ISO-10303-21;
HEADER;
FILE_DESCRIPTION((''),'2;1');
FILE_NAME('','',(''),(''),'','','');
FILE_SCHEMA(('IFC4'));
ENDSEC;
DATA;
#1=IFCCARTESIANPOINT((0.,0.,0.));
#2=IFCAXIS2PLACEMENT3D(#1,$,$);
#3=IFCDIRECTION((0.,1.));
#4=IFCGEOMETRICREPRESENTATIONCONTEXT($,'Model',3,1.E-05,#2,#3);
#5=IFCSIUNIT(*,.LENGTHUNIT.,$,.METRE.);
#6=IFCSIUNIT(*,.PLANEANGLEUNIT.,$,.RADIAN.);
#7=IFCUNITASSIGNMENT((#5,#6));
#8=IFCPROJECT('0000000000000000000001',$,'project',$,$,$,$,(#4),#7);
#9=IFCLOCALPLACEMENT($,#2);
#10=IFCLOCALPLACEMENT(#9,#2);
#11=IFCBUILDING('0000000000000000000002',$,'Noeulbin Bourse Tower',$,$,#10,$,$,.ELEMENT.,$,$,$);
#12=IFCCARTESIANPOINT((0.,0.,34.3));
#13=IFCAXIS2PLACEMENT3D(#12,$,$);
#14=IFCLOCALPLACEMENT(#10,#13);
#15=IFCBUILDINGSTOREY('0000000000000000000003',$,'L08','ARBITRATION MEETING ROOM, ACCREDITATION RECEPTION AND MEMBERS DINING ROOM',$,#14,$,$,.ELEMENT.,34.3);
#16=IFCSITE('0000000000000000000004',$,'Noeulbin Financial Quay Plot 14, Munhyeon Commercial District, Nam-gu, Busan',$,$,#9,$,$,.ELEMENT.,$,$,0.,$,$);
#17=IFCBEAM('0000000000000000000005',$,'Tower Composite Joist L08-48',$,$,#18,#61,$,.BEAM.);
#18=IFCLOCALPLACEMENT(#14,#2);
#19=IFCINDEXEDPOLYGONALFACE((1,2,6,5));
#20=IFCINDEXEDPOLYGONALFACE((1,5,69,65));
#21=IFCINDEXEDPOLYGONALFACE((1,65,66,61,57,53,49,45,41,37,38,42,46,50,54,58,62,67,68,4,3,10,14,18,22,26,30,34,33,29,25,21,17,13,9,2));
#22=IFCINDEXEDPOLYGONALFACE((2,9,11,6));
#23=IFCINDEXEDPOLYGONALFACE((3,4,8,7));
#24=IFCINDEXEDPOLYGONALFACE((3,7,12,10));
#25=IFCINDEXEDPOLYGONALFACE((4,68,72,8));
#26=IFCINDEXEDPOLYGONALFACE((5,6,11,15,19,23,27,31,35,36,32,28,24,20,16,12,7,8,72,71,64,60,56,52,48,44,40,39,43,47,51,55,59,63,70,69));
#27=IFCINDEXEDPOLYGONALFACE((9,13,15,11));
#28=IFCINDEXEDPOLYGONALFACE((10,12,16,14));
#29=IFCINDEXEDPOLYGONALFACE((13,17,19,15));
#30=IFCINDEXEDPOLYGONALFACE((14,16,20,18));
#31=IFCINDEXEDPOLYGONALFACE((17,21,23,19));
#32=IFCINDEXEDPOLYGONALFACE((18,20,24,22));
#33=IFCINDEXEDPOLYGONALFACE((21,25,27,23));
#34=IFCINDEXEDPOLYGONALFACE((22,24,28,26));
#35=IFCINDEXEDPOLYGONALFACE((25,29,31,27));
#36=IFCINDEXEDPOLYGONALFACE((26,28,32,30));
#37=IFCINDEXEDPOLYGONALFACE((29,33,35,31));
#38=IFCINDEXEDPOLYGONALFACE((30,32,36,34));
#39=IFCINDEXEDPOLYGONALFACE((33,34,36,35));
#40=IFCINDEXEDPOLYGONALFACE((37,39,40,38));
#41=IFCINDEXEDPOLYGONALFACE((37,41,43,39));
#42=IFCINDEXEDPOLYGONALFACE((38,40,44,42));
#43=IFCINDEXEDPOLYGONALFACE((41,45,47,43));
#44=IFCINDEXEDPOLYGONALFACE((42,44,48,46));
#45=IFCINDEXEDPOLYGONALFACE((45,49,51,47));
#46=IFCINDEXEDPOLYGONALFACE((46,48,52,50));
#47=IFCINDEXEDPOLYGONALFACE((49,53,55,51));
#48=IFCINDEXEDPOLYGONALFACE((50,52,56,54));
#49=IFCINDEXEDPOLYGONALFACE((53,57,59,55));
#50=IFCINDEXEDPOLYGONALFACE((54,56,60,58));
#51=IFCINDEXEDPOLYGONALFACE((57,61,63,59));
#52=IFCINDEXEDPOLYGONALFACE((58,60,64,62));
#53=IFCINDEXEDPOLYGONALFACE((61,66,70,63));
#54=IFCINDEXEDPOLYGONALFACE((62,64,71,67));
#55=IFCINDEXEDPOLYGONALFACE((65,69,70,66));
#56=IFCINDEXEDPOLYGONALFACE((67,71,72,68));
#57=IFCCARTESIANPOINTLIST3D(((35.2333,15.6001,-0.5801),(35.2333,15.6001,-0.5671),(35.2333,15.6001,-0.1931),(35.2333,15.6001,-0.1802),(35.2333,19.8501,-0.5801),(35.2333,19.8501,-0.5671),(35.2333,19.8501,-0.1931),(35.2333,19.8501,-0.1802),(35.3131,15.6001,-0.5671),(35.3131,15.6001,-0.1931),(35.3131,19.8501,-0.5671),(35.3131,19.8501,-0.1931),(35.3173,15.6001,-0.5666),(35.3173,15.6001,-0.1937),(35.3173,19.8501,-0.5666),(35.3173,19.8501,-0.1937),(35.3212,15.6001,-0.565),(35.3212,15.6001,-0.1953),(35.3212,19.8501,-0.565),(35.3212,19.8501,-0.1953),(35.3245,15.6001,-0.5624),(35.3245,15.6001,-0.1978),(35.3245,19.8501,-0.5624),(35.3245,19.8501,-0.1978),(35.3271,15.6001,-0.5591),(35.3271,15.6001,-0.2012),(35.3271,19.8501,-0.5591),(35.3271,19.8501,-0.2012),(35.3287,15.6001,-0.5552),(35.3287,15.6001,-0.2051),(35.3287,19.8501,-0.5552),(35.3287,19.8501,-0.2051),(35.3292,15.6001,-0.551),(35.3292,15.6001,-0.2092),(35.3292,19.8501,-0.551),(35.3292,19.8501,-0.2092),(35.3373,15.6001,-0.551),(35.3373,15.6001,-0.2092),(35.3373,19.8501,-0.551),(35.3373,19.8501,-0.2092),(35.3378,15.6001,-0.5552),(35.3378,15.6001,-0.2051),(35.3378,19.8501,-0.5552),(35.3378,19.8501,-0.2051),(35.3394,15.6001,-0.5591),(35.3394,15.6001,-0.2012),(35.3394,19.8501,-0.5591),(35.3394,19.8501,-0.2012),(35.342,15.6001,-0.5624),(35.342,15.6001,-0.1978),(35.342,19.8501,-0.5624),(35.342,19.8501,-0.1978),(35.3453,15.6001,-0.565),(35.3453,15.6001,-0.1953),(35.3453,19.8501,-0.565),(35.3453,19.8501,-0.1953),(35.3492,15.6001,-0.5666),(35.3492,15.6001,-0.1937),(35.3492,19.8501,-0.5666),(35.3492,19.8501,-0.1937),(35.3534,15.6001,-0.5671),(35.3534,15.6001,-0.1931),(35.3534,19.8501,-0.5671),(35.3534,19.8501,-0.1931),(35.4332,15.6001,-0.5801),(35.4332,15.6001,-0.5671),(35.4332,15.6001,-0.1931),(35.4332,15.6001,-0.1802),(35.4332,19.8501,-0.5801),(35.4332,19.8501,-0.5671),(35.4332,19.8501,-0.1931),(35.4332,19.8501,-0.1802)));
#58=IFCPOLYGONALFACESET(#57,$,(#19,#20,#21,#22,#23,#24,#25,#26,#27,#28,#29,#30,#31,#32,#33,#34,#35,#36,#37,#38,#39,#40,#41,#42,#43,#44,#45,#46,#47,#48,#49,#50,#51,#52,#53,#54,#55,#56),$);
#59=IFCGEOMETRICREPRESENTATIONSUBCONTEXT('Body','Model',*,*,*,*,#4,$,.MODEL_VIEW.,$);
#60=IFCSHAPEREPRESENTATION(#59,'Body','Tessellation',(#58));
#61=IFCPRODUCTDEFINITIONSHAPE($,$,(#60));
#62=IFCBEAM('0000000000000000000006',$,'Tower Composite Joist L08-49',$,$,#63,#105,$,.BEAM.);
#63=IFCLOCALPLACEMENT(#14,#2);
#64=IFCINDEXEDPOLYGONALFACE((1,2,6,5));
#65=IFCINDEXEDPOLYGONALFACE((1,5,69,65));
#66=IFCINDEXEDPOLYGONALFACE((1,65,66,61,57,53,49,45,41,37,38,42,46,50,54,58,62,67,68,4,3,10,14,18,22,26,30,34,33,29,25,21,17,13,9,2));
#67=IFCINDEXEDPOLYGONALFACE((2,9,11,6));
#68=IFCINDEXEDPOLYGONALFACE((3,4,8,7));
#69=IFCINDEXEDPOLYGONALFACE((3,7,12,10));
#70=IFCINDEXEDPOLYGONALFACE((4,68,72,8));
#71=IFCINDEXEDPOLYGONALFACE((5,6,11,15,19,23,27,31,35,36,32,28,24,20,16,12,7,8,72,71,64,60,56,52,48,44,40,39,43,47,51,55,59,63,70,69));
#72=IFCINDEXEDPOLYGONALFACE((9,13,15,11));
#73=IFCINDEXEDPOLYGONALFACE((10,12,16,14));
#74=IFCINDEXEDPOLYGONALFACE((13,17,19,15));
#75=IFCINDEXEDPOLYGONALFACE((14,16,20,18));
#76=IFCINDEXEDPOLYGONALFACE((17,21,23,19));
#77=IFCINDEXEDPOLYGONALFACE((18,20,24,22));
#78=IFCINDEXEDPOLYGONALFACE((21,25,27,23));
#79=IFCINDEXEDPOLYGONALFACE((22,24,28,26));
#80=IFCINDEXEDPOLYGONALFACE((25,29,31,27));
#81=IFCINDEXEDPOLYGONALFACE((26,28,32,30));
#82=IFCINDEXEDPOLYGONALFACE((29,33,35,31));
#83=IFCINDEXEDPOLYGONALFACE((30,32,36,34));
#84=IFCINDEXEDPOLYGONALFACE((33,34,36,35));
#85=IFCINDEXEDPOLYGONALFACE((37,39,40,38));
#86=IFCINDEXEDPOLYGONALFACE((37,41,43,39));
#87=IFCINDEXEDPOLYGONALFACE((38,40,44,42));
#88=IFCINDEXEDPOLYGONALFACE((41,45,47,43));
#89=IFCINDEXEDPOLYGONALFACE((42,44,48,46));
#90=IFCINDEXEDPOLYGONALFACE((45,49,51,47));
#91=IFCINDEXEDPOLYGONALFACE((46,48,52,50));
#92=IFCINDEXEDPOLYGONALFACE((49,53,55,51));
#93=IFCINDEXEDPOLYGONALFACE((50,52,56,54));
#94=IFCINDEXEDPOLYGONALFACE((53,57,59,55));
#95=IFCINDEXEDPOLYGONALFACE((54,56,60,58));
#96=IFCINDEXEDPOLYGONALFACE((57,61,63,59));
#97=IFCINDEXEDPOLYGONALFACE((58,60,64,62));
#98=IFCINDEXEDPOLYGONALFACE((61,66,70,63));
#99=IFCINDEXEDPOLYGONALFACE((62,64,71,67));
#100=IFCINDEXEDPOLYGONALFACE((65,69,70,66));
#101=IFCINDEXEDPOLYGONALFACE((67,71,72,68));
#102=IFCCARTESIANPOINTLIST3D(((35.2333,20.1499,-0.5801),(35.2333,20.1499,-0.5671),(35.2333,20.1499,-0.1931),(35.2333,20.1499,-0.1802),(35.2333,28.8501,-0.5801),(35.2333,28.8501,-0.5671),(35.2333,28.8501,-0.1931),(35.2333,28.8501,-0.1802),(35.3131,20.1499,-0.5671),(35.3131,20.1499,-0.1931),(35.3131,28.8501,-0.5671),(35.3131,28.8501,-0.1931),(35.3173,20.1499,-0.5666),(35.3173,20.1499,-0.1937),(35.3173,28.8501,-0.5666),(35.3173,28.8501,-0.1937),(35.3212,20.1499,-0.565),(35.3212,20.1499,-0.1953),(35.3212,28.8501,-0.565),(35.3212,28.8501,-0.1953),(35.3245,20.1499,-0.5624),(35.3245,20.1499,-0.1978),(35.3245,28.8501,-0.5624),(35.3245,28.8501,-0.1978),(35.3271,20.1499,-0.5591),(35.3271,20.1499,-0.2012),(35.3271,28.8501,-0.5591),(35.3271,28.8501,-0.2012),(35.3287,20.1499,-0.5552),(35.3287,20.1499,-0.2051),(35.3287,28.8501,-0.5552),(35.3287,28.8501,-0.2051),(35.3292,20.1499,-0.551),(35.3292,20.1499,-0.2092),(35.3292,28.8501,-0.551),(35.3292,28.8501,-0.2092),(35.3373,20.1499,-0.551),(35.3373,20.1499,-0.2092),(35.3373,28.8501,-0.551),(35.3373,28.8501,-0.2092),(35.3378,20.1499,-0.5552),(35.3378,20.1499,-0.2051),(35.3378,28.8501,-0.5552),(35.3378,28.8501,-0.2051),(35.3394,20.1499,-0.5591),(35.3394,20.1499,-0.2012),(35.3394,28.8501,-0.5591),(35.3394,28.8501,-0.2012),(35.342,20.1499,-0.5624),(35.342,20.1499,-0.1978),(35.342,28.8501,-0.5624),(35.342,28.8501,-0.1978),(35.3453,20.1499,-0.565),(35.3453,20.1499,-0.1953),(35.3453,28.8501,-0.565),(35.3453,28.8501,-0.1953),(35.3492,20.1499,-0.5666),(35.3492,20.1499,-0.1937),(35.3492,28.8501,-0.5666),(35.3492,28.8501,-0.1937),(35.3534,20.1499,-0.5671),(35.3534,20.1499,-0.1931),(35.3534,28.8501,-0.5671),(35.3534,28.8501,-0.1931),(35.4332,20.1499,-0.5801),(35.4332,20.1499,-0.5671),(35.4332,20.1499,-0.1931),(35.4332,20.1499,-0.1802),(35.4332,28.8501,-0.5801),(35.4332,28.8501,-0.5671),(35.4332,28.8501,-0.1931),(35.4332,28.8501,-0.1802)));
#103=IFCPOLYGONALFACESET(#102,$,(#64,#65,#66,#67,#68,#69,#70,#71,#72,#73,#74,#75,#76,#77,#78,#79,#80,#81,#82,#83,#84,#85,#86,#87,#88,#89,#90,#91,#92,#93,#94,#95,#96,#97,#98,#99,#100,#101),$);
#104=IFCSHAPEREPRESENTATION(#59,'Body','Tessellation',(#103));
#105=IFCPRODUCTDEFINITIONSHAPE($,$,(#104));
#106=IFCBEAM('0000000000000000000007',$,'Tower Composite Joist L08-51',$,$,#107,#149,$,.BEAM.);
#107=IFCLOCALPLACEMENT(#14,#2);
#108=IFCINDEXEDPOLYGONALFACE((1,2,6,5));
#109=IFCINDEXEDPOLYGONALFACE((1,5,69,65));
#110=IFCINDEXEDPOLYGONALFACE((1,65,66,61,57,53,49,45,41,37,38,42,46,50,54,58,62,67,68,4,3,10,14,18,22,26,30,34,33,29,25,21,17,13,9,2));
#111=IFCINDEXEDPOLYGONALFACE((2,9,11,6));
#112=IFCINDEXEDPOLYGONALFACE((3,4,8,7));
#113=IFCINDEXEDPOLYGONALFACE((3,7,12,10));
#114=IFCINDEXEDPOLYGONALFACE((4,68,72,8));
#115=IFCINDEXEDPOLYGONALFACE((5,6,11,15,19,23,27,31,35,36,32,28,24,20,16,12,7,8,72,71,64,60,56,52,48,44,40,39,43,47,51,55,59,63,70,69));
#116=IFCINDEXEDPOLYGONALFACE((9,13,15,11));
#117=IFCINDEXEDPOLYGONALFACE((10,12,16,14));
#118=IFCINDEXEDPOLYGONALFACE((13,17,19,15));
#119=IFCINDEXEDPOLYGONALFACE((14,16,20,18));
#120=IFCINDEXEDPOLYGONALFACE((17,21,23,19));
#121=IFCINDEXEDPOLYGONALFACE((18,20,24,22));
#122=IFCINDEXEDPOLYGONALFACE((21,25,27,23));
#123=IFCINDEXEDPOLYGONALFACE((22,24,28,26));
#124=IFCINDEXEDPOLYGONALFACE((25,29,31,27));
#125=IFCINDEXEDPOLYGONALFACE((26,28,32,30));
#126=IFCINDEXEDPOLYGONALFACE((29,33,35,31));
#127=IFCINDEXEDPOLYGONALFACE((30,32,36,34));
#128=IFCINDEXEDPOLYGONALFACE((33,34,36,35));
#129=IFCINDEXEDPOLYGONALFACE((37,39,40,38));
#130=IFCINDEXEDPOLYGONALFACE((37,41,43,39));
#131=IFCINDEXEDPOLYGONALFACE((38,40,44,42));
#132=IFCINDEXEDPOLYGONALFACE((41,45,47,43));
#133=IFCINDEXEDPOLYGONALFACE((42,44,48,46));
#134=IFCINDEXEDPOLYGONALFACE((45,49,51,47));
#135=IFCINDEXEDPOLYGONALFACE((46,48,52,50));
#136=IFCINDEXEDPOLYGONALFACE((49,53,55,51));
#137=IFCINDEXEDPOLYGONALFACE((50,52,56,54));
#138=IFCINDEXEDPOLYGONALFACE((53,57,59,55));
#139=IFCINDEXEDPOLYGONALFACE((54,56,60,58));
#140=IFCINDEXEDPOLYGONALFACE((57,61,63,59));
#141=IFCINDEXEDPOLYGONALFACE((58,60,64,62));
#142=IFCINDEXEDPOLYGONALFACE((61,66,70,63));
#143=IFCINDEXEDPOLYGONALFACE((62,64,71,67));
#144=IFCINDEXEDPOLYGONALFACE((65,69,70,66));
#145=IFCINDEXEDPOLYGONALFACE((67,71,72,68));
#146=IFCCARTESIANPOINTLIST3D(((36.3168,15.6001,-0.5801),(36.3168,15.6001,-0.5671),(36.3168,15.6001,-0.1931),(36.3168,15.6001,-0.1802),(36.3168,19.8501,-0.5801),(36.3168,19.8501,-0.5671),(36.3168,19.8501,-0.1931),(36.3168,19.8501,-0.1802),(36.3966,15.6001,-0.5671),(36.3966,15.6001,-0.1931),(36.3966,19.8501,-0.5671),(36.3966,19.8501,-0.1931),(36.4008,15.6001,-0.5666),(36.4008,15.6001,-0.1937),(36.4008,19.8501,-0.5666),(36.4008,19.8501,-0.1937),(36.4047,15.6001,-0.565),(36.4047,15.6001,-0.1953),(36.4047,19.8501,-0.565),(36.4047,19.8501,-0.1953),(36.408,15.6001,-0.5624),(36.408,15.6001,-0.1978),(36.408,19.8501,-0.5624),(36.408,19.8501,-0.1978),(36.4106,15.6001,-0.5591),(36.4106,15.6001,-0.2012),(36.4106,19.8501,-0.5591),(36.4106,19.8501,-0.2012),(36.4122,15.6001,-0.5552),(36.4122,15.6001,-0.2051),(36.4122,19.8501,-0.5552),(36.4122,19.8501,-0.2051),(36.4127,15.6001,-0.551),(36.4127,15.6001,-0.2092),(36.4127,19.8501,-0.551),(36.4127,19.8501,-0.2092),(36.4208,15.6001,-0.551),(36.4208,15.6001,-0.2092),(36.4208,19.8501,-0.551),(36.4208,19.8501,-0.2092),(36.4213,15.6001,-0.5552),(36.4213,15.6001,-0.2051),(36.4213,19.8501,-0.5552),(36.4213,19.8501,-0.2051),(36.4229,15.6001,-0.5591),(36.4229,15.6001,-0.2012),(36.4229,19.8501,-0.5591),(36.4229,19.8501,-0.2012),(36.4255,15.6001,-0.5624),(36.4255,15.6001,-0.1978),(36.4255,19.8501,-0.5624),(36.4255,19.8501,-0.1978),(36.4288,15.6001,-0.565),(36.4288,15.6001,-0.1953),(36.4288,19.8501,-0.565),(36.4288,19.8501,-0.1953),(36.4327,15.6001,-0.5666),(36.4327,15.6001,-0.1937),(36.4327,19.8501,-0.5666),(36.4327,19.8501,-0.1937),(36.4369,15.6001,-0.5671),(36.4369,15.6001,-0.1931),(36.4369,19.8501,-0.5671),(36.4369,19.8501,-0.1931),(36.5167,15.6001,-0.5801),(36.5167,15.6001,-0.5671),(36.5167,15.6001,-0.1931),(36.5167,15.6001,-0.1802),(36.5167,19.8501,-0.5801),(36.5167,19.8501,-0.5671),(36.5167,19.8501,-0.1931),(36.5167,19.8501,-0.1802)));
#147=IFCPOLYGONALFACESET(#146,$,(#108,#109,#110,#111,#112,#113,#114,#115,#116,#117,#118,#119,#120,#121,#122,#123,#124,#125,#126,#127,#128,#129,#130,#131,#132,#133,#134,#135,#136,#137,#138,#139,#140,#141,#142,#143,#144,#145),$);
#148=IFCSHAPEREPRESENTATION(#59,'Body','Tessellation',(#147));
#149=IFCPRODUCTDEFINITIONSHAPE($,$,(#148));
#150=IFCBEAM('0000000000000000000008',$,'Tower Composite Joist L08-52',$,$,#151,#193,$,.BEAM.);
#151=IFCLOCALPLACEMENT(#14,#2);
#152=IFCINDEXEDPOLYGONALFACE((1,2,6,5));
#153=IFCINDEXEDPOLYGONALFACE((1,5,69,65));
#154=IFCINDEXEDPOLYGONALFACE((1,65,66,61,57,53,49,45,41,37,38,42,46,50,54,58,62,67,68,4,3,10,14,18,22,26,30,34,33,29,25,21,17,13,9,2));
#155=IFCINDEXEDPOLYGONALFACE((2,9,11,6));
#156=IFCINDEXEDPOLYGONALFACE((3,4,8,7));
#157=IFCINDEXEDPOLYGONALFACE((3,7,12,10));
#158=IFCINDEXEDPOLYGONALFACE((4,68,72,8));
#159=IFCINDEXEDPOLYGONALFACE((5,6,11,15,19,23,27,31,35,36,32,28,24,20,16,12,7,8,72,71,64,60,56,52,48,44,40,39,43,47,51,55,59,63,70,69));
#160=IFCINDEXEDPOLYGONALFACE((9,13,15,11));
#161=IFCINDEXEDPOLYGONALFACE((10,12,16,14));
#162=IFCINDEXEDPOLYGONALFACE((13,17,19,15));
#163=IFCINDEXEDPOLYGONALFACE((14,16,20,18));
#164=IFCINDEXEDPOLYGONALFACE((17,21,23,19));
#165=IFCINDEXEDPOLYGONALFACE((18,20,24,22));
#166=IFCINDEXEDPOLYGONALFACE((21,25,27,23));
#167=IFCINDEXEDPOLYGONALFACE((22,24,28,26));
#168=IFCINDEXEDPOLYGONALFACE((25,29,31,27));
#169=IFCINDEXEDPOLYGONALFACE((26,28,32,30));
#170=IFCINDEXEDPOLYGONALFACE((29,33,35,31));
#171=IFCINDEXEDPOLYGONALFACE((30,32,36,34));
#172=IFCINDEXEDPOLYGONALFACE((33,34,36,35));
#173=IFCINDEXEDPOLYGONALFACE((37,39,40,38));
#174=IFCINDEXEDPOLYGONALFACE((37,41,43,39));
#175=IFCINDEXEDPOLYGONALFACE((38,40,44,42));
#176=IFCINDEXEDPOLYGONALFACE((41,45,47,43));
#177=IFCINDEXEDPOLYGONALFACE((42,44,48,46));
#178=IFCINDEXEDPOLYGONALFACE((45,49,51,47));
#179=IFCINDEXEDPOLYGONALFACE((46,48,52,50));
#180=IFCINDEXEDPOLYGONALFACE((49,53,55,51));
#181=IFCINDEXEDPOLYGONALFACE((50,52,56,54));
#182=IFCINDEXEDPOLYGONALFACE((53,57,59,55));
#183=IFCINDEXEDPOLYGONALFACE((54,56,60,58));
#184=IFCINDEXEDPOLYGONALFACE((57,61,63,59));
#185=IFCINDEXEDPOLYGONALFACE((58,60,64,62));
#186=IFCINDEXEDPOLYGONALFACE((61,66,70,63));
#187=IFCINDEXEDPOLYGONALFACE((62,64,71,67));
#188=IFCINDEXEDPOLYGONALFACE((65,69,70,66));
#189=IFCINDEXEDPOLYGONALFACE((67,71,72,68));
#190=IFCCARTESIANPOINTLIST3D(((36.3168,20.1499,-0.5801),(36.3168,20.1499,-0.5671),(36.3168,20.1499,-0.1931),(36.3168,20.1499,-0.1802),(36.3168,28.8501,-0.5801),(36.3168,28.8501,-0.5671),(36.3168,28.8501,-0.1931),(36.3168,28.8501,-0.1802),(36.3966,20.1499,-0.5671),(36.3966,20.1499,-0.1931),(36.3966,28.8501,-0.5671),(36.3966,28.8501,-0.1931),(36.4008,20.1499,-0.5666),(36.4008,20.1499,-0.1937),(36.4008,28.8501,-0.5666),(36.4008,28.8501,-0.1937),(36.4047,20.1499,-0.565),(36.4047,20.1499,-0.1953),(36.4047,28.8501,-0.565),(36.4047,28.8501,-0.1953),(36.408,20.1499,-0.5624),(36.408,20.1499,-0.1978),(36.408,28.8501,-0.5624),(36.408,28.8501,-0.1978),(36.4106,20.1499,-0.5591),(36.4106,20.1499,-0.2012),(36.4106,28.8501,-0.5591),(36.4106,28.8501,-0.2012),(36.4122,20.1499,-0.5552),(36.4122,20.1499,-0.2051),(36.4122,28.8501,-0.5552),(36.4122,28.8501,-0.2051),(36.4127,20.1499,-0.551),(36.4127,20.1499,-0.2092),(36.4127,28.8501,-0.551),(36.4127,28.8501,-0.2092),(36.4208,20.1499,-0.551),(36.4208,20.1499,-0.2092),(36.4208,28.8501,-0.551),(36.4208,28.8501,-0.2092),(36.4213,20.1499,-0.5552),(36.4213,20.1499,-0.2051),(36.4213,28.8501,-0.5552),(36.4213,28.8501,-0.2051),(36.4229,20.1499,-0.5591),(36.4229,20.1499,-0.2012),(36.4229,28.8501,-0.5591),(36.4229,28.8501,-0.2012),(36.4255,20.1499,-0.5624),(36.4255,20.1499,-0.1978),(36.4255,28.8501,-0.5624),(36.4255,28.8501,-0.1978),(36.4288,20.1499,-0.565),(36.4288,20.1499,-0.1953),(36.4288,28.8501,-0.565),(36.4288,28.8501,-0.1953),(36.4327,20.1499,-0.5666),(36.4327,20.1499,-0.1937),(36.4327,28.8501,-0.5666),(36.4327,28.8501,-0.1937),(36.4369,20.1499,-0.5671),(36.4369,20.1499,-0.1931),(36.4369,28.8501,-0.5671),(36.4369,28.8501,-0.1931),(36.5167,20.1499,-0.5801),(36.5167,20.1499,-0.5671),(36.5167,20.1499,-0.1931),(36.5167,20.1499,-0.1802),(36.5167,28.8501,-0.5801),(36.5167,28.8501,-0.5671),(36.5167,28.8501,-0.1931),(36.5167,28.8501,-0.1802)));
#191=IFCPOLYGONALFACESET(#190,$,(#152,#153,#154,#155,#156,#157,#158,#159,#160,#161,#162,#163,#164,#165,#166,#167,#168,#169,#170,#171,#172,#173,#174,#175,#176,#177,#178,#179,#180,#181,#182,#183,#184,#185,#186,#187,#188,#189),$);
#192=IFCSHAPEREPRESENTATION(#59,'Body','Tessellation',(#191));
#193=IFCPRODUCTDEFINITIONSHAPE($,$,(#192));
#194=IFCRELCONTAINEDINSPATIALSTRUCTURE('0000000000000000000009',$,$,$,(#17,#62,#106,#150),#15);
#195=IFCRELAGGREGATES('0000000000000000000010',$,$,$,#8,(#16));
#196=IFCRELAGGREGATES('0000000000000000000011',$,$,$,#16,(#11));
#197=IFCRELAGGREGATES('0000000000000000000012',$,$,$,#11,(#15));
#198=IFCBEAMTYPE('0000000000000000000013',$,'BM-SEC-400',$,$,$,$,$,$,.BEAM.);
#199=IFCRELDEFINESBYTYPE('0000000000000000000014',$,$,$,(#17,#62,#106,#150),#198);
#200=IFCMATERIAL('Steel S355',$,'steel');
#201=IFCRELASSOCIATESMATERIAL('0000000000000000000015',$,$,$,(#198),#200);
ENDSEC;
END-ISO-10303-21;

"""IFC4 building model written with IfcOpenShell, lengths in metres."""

from ifc_helpers import new_model, si_unit, direction, frame, origin, origin_2d, place, context, subcontext, project, spatial, i_section, extrude, material, material_profile, profile_set, type_object, element, save


model = new_model("IFC4")

# Units and contexts
model_context = context("Model", 3, precision=1e-05, world=origin(), true_north=direction((0.0, 1.0)))
body_context = subcontext(model_context, "Body", "Model", "MODEL_VIEW")
ifc_project = project(units=[si_unit("LENGTHUNIT", "METRE"), si_unit("PLANEANGLEUNIT", "RADIAN")], contexts=[model_context])

# Site, building, storey
site_placement = place(None, origin())
site = spatial("IfcSite", under=ifc_project, at=site_placement, Name="Noeulbin Financial Quay Plot 14, Munhyeon Commercial District, Nam-gu, Busan", CompositionType="ELEMENT", RefElevation=0.0)
building_placement = place(site_placement, origin())
building = spatial("IfcBuilding", under=site, at=building_placement, Name="Noeulbin Bourse Tower", CompositionType="ELEMENT")
storey_placement = place(building_placement, frame((0.0, 0.0, 34.3)))
storey = spatial("IfcBuildingStorey", under=building, at=storey_placement, Name="L08", Description="ARBITRATION MEETING ROOM, ACCREDITATION RECEPTION AND MEMBERS DINING ROOM", CompositionType="ELEMENT", Elevation=34.3)

# Beams
ifc_material_1 = material(Name="Steel S355", Category="steel")
ifc_material_profile_1 = material_profile(ifc_material_1, i_section(OverallWidth=0.2, OverallDepth=0.3999, WebThickness=0.0081, FlangeThickness=0.0129, FilletRadius=0.0161, at=origin_2d()), Name="H-400x200x8x13", Category="LoadBearing")
ifc_profile_set_1 = profile_set([ifc_material_profile_1], Name="Steel S355")
beam_type_1 = type_object("IfcBeamType", Name="BM-SEC-400", PredefinedType="BEAM", material=ifc_profile_set_1)
beam_1_placement = place(storey_placement, frame((35.3333, 15.6001, -0.3801), z_axis=(0.0, 1.0, 0.0), x_axis=(-1.0, 0.0, 0.0)))
element("IfcBeam", 1, at=beam_1_placement, inside=storey, type_object=beam_type_1, Name="Tower Composite Joist L08-48", PredefinedType="BEAM", context=body_context, shape_type="SweptSolid", body=[
    extrude(i_section(OverallWidth=0.2, OverallDepth=0.3999, WebThickness=0.0081, FlangeThickness=0.0129, FilletRadius=0.0161, at=origin_2d()), origin(), (0.0, 0.0, 1.0), 4.25),
])
beam_2_placement = place(storey_placement, frame((35.3333, 20.1499, -0.3801), z_axis=(0.0, 1.0, 0.0), x_axis=(-1.0, 0.0, 0.0)))
element("IfcBeam", 2, at=beam_2_placement, inside=storey, type_object=beam_type_1, Name="Tower Composite Joist L08-49", PredefinedType="BEAM", context=body_context, shape_type="SweptSolid", body=[
    extrude(i_section(OverallWidth=0.2, OverallDepth=0.3999, WebThickness=0.0081, FlangeThickness=0.0129, FilletRadius=0.0161, at=origin_2d()), origin(), (0.0, 0.0, 1.0), 8.7002),
])
beam_3_placement = place(storey_placement, frame((36.4167, 15.6001, -0.3801), z_axis=(0.0, 1.0, 0.0), x_axis=(-1.0, 0.0, 0.0)))
element("IfcBeam", 3, at=beam_3_placement, inside=storey, type_object=beam_type_1, Name="Tower Composite Joist L08-51", PredefinedType="BEAM", context=body_context, shape_type="SweptSolid", body=[
    extrude(i_section(OverallWidth=0.2, OverallDepth=0.3999, WebThickness=0.0081, FlangeThickness=0.0129, FilletRadius=0.0161, at=origin_2d()), origin(), (0.0, 0.0, 1.0), 4.25),
])
beam_4_placement = place(storey_placement, frame((36.4167, 20.1499, -0.3801), z_axis=(0.0, 1.0, 0.0), x_axis=(-1.0, 0.0, 0.0)))
element("IfcBeam", 4, at=beam_4_placement, inside=storey, type_object=beam_type_1, Name="Tower Composite Joist L08-52", PredefinedType="BEAM", context=body_context, shape_type="SweptSolid", body=[
    extrude(i_section(OverallWidth=0.2, OverallDepth=0.3999, WebThickness=0.0081, FlangeThickness=0.0129, FilletRadius=0.0161, at=origin_2d()), origin(), (0.0, 0.0, 1.0), 8.7002),
])

save(model, "model.ifc")
